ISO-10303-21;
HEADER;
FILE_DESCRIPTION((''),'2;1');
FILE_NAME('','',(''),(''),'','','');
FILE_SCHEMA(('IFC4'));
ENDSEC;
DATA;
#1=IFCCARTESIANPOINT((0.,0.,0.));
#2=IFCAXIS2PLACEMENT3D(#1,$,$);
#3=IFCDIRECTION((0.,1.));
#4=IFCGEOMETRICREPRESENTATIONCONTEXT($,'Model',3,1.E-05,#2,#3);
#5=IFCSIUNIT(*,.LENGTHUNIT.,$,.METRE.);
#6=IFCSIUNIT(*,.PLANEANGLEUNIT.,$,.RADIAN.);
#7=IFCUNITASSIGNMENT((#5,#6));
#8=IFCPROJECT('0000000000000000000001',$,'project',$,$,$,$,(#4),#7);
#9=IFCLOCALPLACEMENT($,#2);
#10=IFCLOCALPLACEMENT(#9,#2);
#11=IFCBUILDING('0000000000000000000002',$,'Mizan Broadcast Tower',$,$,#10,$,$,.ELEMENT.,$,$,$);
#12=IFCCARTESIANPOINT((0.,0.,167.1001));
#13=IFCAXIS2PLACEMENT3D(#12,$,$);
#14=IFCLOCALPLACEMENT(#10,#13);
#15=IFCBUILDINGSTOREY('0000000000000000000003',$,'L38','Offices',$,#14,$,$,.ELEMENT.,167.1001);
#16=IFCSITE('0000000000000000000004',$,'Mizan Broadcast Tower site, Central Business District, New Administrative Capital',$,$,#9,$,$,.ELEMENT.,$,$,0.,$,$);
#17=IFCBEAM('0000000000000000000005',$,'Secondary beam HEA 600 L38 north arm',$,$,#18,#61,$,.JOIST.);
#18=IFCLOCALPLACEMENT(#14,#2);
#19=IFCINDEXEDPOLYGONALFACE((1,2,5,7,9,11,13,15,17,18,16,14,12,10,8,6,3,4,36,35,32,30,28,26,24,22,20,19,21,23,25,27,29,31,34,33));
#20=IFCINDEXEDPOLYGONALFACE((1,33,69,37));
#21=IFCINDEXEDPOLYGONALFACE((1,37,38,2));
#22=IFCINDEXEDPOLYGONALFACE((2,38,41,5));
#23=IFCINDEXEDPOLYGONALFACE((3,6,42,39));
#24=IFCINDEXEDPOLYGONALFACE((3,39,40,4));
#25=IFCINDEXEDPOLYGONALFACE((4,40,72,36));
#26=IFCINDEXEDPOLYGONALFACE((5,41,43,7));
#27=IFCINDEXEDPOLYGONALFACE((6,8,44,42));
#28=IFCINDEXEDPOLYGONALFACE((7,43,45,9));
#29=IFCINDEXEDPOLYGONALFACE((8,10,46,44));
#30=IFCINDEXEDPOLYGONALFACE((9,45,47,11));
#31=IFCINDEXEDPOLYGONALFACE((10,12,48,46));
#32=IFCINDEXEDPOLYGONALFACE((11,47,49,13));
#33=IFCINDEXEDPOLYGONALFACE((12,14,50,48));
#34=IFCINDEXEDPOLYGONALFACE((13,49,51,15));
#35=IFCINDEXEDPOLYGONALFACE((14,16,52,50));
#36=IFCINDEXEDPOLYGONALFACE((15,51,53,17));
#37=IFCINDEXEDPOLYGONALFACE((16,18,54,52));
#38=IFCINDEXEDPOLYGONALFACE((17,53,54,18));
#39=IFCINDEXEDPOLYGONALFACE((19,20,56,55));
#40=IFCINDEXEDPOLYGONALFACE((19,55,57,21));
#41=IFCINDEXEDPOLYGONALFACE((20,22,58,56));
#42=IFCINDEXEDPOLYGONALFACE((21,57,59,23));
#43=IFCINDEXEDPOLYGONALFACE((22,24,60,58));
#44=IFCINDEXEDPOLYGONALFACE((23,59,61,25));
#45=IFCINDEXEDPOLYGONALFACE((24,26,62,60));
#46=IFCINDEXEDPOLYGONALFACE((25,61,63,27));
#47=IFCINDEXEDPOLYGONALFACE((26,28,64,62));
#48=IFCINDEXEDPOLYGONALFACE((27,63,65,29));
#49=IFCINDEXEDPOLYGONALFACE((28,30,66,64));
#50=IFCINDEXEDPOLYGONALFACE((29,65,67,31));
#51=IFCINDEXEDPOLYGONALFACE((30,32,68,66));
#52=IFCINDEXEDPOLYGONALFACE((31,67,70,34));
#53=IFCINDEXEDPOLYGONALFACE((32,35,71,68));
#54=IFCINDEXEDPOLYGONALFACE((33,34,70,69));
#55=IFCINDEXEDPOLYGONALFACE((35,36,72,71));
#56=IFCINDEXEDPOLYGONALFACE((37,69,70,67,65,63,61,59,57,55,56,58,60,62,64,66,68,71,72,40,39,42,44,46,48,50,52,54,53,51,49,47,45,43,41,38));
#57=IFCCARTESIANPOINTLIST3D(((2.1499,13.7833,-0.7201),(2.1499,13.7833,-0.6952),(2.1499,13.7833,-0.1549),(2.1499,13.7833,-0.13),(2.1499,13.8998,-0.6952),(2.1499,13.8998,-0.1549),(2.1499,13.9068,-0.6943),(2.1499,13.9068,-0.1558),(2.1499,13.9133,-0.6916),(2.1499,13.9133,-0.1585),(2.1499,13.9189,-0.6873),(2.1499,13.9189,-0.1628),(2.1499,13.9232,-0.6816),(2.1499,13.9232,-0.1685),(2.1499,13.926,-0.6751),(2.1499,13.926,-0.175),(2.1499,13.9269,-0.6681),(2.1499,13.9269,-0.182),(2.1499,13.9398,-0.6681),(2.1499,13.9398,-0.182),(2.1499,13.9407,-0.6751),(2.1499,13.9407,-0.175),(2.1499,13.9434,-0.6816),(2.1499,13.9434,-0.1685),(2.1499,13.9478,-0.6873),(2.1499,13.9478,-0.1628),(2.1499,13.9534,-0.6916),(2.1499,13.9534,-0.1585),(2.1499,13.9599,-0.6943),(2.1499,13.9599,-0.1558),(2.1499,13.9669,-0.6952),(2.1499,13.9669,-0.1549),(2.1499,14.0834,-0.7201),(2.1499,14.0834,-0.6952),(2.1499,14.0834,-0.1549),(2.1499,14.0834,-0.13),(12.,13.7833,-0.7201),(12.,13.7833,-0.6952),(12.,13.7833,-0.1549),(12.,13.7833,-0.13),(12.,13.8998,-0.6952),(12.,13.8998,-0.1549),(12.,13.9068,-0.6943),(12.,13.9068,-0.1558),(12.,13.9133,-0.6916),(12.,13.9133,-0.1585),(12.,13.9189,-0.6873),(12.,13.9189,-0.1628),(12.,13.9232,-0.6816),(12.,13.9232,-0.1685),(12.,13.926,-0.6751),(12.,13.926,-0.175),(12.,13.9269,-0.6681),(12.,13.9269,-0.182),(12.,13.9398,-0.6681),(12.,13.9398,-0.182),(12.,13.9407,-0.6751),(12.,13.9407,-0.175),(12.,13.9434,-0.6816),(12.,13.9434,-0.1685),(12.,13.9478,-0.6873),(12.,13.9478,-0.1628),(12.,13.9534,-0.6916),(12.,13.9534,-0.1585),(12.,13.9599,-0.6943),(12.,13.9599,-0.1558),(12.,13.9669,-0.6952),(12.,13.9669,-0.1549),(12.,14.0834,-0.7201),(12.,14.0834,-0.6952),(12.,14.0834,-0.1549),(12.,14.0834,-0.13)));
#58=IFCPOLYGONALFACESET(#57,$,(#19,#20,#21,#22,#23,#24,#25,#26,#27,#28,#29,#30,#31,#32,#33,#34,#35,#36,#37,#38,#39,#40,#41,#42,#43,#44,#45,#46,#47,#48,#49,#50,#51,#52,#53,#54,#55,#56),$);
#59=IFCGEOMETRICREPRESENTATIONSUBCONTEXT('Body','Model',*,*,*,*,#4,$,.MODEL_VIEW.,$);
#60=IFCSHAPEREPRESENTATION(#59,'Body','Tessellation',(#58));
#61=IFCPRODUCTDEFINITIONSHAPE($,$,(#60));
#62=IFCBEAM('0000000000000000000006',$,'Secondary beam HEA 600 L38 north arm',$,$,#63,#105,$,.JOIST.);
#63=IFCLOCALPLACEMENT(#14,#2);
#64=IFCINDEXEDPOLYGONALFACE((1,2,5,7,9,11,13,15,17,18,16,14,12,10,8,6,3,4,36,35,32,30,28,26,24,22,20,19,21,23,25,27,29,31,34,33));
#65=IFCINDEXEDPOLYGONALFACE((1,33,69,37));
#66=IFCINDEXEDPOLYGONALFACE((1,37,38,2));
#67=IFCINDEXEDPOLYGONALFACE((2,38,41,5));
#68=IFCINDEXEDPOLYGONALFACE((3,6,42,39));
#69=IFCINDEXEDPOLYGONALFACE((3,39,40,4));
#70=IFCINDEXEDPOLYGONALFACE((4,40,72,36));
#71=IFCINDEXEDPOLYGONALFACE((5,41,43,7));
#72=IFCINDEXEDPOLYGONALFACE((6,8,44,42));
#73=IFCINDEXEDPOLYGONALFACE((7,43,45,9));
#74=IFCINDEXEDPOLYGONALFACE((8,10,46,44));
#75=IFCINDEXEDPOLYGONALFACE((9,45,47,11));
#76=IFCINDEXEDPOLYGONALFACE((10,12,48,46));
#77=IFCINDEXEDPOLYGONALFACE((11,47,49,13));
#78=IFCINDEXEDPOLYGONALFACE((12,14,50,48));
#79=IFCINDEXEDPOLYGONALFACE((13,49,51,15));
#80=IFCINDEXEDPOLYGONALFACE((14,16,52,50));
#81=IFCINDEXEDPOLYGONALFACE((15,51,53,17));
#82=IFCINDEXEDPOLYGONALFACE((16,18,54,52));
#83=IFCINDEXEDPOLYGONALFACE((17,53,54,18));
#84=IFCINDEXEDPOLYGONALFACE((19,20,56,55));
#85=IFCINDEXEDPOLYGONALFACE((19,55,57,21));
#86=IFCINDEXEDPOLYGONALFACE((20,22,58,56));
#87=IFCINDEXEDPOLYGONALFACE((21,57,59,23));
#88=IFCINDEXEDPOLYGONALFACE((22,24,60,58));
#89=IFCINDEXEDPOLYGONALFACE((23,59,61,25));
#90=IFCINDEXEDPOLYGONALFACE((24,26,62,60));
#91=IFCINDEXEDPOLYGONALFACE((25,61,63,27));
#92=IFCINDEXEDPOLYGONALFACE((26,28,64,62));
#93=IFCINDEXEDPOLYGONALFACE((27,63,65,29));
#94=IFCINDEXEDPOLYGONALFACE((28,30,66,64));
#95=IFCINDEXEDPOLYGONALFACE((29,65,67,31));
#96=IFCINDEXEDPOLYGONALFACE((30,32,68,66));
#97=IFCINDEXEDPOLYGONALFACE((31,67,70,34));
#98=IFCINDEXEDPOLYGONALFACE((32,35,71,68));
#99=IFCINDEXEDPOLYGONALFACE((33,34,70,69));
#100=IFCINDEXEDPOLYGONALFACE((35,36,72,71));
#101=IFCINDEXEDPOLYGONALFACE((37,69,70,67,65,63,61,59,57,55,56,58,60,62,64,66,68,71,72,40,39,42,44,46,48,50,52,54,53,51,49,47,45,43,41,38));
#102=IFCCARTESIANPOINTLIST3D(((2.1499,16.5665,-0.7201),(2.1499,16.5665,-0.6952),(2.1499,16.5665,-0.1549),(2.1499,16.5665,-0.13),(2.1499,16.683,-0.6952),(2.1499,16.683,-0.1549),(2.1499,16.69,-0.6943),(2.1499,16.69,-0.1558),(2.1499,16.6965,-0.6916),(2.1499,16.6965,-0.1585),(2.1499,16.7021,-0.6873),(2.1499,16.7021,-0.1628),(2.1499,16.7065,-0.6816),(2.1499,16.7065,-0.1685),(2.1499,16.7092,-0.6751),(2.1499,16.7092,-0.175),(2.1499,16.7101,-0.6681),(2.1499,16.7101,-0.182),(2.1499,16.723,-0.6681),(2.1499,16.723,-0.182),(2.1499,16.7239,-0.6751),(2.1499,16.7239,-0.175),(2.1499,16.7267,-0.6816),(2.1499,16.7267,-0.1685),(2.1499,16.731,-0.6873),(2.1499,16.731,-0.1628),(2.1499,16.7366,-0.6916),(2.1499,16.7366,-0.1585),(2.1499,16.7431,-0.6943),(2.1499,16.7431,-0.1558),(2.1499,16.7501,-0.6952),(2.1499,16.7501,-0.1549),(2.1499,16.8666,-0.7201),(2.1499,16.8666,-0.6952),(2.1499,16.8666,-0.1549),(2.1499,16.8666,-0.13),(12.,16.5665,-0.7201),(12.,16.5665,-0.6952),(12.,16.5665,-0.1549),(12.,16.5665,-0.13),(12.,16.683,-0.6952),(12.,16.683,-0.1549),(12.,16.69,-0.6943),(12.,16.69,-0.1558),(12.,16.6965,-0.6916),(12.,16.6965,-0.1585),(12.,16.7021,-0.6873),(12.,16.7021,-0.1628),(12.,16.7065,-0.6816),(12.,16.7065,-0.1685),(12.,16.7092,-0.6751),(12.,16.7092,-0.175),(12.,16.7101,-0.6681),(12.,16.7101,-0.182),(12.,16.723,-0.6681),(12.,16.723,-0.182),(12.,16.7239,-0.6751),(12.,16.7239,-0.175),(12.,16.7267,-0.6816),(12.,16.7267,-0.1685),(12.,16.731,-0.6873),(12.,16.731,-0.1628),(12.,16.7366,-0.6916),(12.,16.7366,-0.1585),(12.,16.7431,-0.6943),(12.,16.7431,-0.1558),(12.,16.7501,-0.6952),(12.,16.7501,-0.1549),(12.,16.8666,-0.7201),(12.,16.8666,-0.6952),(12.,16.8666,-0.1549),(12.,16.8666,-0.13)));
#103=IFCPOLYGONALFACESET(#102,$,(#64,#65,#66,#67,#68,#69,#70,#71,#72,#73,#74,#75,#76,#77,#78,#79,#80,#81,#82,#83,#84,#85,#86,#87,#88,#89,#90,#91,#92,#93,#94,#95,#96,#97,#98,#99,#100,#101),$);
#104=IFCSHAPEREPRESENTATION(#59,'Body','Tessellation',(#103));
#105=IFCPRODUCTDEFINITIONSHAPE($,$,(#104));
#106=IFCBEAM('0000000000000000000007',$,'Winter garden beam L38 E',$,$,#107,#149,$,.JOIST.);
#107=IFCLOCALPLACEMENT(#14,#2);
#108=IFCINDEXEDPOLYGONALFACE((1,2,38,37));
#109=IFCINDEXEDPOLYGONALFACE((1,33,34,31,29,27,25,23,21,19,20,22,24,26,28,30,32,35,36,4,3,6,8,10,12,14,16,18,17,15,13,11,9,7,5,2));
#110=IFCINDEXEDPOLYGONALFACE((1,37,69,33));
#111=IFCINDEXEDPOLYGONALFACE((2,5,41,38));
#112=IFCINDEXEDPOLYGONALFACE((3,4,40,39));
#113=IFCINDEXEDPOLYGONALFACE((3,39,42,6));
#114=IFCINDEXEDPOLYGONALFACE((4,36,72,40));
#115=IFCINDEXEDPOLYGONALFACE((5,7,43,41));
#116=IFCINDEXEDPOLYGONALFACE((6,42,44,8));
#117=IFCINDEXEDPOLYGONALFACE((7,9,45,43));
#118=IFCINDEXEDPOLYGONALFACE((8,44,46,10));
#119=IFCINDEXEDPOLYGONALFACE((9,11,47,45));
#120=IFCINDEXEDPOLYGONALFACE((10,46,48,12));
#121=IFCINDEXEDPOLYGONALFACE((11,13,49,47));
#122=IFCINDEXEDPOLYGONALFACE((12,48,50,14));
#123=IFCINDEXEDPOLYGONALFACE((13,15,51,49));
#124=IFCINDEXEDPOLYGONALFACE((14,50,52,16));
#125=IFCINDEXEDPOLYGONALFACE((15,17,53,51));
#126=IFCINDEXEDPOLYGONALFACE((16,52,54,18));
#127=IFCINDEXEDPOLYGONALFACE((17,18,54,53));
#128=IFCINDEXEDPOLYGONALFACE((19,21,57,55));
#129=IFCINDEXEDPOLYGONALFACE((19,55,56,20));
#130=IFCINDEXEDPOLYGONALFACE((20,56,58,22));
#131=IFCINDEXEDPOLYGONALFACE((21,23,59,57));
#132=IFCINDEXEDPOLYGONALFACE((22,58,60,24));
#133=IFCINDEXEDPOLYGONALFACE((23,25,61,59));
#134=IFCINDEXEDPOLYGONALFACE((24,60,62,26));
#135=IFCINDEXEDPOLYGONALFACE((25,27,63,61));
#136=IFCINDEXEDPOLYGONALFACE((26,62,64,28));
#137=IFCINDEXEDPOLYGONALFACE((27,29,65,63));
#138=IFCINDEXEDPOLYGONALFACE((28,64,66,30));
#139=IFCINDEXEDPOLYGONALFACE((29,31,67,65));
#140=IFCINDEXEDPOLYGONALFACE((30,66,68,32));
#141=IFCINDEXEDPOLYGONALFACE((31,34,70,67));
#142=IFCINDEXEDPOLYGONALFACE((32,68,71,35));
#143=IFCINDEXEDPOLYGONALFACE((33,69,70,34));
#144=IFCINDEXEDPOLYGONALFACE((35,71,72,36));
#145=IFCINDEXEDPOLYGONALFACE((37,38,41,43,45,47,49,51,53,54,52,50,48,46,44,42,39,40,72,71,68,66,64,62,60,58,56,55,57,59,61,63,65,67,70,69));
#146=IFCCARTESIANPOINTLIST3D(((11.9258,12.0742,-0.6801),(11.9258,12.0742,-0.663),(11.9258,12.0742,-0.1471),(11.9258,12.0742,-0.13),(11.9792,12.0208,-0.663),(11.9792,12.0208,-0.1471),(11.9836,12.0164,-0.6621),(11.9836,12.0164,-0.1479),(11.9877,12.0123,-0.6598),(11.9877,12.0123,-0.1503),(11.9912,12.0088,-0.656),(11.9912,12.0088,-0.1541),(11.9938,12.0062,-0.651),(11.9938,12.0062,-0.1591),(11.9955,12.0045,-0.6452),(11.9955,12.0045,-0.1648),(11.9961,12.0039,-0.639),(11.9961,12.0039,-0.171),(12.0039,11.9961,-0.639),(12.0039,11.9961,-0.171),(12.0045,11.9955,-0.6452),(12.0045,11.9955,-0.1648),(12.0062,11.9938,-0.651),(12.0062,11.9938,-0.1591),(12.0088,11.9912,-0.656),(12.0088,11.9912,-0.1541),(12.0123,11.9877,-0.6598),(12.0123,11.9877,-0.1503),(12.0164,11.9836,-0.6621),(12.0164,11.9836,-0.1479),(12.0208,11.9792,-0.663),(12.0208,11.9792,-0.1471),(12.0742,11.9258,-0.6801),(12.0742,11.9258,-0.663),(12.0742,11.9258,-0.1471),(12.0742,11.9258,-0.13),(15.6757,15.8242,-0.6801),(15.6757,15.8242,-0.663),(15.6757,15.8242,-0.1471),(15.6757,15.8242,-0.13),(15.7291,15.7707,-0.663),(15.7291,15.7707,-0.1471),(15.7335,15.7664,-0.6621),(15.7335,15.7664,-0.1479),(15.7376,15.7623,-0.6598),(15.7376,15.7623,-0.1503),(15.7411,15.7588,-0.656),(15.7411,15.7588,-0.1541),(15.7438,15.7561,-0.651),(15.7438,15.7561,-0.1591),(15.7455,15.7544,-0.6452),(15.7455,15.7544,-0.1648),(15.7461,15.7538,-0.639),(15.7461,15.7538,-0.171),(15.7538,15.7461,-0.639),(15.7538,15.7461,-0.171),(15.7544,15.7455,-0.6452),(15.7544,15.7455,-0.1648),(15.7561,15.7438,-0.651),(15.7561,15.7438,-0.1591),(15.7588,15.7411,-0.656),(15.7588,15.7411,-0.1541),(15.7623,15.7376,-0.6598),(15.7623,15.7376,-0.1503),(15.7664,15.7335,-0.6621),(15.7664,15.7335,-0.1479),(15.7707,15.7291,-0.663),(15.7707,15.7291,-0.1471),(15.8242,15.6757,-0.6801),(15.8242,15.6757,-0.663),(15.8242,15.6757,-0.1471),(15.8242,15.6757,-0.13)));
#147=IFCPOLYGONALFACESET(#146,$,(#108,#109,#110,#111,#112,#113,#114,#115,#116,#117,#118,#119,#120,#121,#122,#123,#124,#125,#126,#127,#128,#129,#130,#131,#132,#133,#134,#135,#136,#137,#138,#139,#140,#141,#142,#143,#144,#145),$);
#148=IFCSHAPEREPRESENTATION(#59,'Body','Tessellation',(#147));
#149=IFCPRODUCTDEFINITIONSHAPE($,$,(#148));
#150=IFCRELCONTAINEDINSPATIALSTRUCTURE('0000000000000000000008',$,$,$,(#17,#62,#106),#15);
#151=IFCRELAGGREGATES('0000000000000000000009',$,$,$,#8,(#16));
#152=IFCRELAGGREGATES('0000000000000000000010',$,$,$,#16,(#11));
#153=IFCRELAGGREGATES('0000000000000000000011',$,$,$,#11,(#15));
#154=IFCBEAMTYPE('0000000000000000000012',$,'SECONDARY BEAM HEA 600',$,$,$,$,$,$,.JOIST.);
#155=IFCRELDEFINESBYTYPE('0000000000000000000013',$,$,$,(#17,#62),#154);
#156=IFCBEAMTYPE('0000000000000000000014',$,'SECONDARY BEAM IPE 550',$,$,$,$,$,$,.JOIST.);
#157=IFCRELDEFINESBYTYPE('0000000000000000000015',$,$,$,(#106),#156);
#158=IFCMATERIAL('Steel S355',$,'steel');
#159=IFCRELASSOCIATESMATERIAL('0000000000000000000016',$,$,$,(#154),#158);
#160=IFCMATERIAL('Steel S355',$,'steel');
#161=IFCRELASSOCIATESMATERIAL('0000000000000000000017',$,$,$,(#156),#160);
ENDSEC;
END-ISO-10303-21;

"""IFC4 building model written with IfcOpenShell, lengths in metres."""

from ifc_helpers import new_model, si_unit, direction, frame, origin, origin_2d, place, context, subcontext, project, spatial, i_section, extrude, material, material_profile, profile_set, type_object, element, save


model = new_model("IFC4")

# Units and contexts
model_context = context("Model", 3, precision=1e-05, world=origin(), true_north=direction((0.0, 1.0)))
body_context = subcontext(model_context, "Body", "Model", "MODEL_VIEW")
ifc_project = project(units=[si_unit("LENGTHUNIT", "METRE"), si_unit("PLANEANGLEUNIT", "RADIAN")], contexts=[model_context])

# Site, building, storey
site_placement = place(None, origin())
site = spatial("IfcSite", under=ifc_project, at=site_placement, Name="Mizan Broadcast Tower site, Central Business District, New Administrative Capital", CompositionType="ELEMENT", RefElevation=0.0)
building_placement = place(site_placement, origin())
building = spatial("IfcBuilding", under=site, at=building_placement, Name="Mizan Broadcast Tower", CompositionType="ELEMENT")
storey_placement = place(building_placement, frame((0.0, 0.0, 167.1001)))
storey = spatial("IfcBuildingStorey", under=building, at=storey_placement, Name="L38", Description="Offices", CompositionType="ELEMENT", Elevation=167.1001)

# Beams
ifc_material_1 = material(Name="Steel S355", Category="steel")
ifc_material_profile_1 = material_profile(ifc_material_1, i_section(OverallWidth=0.3, OverallDepth=0.5901, WebThickness=0.0129, FlangeThickness=0.0249, FilletRadius=0.0271, at=origin_2d()), Name="HEA 600")
ifc_profile_set_1 = profile_set([ifc_material_profile_1], Name="Steel S355")
beam_type_1 = type_object("IfcBeamType", Name="SECONDARY BEAM HEA 600", PredefinedType="JOIST", material=ifc_profile_set_1)
for number, where, z_axis, x_axis, name in (
    (1, (12.0, 13.9333, -0.425), (-1.0, 0.0, 0.0), (0.0, -1.0, 0.0), "Secondary beam HEA 600 L38 north arm"),
    (2, (12.0, 16.7166, -0.425), (-1.0, 0.0, 0.0), (0.0, -1.0, 0.0), "Secondary beam HEA 600 L38 north arm"),
):
    element("IfcBeam", number, at=place(storey_placement, frame(where, z_axis=z_axis, x_axis=x_axis)), inside=storey, type_object=beam_type_1, Name=name, PredefinedType="JOIST", context=body_context, shape_type="SweptSolid", body=[
        extrude(i_section(OverallWidth=0.3, OverallDepth=0.5901, WebThickness=0.0129, FlangeThickness=0.0249, FilletRadius=0.0271, at=origin_2d()), origin(), (0.0, 0.0, 1.0), 9.8501),
    ])
ifc_material_2 = material(Name="Steel S355", Category="steel")
ifc_material_profile_2 = material_profile(ifc_material_2, i_section(OverallWidth=0.21, OverallDepth=0.55, WebThickness=0.011, FlangeThickness=0.0171, FilletRadius=0.0239, at=origin_2d()), Name="IPE 550")
ifc_profile_set_2 = profile_set([ifc_material_profile_2], Name="Steel S355")
beam_type_2 = type_object("IfcBeamType", Name="SECONDARY BEAM IPE 550", PredefinedType="JOIST", material=ifc_profile_set_2)
beam_1_placement = place(storey_placement, frame((12.0, 12.0, -0.405), z_axis=(0.707107, 0.707107, 0.0), x_axis=(-0.707107, 0.707107, 0.0)))
element("IfcBeam", 3, at=beam_1_placement, inside=storey, type_object=beam_type_2, Name="Winter garden beam L38 E", PredefinedType="JOIST", context=body_context, shape_type="SweptSolid", body=[
    extrude(i_section(OverallWidth=0.21, OverallDepth=0.55, WebThickness=0.011, FlangeThickness=0.0171, FilletRadius=0.0239, at=origin_2d()), origin(), (0.0, 0.0, 1.0), 5.3032),
])

save(model, "model.ifc")
